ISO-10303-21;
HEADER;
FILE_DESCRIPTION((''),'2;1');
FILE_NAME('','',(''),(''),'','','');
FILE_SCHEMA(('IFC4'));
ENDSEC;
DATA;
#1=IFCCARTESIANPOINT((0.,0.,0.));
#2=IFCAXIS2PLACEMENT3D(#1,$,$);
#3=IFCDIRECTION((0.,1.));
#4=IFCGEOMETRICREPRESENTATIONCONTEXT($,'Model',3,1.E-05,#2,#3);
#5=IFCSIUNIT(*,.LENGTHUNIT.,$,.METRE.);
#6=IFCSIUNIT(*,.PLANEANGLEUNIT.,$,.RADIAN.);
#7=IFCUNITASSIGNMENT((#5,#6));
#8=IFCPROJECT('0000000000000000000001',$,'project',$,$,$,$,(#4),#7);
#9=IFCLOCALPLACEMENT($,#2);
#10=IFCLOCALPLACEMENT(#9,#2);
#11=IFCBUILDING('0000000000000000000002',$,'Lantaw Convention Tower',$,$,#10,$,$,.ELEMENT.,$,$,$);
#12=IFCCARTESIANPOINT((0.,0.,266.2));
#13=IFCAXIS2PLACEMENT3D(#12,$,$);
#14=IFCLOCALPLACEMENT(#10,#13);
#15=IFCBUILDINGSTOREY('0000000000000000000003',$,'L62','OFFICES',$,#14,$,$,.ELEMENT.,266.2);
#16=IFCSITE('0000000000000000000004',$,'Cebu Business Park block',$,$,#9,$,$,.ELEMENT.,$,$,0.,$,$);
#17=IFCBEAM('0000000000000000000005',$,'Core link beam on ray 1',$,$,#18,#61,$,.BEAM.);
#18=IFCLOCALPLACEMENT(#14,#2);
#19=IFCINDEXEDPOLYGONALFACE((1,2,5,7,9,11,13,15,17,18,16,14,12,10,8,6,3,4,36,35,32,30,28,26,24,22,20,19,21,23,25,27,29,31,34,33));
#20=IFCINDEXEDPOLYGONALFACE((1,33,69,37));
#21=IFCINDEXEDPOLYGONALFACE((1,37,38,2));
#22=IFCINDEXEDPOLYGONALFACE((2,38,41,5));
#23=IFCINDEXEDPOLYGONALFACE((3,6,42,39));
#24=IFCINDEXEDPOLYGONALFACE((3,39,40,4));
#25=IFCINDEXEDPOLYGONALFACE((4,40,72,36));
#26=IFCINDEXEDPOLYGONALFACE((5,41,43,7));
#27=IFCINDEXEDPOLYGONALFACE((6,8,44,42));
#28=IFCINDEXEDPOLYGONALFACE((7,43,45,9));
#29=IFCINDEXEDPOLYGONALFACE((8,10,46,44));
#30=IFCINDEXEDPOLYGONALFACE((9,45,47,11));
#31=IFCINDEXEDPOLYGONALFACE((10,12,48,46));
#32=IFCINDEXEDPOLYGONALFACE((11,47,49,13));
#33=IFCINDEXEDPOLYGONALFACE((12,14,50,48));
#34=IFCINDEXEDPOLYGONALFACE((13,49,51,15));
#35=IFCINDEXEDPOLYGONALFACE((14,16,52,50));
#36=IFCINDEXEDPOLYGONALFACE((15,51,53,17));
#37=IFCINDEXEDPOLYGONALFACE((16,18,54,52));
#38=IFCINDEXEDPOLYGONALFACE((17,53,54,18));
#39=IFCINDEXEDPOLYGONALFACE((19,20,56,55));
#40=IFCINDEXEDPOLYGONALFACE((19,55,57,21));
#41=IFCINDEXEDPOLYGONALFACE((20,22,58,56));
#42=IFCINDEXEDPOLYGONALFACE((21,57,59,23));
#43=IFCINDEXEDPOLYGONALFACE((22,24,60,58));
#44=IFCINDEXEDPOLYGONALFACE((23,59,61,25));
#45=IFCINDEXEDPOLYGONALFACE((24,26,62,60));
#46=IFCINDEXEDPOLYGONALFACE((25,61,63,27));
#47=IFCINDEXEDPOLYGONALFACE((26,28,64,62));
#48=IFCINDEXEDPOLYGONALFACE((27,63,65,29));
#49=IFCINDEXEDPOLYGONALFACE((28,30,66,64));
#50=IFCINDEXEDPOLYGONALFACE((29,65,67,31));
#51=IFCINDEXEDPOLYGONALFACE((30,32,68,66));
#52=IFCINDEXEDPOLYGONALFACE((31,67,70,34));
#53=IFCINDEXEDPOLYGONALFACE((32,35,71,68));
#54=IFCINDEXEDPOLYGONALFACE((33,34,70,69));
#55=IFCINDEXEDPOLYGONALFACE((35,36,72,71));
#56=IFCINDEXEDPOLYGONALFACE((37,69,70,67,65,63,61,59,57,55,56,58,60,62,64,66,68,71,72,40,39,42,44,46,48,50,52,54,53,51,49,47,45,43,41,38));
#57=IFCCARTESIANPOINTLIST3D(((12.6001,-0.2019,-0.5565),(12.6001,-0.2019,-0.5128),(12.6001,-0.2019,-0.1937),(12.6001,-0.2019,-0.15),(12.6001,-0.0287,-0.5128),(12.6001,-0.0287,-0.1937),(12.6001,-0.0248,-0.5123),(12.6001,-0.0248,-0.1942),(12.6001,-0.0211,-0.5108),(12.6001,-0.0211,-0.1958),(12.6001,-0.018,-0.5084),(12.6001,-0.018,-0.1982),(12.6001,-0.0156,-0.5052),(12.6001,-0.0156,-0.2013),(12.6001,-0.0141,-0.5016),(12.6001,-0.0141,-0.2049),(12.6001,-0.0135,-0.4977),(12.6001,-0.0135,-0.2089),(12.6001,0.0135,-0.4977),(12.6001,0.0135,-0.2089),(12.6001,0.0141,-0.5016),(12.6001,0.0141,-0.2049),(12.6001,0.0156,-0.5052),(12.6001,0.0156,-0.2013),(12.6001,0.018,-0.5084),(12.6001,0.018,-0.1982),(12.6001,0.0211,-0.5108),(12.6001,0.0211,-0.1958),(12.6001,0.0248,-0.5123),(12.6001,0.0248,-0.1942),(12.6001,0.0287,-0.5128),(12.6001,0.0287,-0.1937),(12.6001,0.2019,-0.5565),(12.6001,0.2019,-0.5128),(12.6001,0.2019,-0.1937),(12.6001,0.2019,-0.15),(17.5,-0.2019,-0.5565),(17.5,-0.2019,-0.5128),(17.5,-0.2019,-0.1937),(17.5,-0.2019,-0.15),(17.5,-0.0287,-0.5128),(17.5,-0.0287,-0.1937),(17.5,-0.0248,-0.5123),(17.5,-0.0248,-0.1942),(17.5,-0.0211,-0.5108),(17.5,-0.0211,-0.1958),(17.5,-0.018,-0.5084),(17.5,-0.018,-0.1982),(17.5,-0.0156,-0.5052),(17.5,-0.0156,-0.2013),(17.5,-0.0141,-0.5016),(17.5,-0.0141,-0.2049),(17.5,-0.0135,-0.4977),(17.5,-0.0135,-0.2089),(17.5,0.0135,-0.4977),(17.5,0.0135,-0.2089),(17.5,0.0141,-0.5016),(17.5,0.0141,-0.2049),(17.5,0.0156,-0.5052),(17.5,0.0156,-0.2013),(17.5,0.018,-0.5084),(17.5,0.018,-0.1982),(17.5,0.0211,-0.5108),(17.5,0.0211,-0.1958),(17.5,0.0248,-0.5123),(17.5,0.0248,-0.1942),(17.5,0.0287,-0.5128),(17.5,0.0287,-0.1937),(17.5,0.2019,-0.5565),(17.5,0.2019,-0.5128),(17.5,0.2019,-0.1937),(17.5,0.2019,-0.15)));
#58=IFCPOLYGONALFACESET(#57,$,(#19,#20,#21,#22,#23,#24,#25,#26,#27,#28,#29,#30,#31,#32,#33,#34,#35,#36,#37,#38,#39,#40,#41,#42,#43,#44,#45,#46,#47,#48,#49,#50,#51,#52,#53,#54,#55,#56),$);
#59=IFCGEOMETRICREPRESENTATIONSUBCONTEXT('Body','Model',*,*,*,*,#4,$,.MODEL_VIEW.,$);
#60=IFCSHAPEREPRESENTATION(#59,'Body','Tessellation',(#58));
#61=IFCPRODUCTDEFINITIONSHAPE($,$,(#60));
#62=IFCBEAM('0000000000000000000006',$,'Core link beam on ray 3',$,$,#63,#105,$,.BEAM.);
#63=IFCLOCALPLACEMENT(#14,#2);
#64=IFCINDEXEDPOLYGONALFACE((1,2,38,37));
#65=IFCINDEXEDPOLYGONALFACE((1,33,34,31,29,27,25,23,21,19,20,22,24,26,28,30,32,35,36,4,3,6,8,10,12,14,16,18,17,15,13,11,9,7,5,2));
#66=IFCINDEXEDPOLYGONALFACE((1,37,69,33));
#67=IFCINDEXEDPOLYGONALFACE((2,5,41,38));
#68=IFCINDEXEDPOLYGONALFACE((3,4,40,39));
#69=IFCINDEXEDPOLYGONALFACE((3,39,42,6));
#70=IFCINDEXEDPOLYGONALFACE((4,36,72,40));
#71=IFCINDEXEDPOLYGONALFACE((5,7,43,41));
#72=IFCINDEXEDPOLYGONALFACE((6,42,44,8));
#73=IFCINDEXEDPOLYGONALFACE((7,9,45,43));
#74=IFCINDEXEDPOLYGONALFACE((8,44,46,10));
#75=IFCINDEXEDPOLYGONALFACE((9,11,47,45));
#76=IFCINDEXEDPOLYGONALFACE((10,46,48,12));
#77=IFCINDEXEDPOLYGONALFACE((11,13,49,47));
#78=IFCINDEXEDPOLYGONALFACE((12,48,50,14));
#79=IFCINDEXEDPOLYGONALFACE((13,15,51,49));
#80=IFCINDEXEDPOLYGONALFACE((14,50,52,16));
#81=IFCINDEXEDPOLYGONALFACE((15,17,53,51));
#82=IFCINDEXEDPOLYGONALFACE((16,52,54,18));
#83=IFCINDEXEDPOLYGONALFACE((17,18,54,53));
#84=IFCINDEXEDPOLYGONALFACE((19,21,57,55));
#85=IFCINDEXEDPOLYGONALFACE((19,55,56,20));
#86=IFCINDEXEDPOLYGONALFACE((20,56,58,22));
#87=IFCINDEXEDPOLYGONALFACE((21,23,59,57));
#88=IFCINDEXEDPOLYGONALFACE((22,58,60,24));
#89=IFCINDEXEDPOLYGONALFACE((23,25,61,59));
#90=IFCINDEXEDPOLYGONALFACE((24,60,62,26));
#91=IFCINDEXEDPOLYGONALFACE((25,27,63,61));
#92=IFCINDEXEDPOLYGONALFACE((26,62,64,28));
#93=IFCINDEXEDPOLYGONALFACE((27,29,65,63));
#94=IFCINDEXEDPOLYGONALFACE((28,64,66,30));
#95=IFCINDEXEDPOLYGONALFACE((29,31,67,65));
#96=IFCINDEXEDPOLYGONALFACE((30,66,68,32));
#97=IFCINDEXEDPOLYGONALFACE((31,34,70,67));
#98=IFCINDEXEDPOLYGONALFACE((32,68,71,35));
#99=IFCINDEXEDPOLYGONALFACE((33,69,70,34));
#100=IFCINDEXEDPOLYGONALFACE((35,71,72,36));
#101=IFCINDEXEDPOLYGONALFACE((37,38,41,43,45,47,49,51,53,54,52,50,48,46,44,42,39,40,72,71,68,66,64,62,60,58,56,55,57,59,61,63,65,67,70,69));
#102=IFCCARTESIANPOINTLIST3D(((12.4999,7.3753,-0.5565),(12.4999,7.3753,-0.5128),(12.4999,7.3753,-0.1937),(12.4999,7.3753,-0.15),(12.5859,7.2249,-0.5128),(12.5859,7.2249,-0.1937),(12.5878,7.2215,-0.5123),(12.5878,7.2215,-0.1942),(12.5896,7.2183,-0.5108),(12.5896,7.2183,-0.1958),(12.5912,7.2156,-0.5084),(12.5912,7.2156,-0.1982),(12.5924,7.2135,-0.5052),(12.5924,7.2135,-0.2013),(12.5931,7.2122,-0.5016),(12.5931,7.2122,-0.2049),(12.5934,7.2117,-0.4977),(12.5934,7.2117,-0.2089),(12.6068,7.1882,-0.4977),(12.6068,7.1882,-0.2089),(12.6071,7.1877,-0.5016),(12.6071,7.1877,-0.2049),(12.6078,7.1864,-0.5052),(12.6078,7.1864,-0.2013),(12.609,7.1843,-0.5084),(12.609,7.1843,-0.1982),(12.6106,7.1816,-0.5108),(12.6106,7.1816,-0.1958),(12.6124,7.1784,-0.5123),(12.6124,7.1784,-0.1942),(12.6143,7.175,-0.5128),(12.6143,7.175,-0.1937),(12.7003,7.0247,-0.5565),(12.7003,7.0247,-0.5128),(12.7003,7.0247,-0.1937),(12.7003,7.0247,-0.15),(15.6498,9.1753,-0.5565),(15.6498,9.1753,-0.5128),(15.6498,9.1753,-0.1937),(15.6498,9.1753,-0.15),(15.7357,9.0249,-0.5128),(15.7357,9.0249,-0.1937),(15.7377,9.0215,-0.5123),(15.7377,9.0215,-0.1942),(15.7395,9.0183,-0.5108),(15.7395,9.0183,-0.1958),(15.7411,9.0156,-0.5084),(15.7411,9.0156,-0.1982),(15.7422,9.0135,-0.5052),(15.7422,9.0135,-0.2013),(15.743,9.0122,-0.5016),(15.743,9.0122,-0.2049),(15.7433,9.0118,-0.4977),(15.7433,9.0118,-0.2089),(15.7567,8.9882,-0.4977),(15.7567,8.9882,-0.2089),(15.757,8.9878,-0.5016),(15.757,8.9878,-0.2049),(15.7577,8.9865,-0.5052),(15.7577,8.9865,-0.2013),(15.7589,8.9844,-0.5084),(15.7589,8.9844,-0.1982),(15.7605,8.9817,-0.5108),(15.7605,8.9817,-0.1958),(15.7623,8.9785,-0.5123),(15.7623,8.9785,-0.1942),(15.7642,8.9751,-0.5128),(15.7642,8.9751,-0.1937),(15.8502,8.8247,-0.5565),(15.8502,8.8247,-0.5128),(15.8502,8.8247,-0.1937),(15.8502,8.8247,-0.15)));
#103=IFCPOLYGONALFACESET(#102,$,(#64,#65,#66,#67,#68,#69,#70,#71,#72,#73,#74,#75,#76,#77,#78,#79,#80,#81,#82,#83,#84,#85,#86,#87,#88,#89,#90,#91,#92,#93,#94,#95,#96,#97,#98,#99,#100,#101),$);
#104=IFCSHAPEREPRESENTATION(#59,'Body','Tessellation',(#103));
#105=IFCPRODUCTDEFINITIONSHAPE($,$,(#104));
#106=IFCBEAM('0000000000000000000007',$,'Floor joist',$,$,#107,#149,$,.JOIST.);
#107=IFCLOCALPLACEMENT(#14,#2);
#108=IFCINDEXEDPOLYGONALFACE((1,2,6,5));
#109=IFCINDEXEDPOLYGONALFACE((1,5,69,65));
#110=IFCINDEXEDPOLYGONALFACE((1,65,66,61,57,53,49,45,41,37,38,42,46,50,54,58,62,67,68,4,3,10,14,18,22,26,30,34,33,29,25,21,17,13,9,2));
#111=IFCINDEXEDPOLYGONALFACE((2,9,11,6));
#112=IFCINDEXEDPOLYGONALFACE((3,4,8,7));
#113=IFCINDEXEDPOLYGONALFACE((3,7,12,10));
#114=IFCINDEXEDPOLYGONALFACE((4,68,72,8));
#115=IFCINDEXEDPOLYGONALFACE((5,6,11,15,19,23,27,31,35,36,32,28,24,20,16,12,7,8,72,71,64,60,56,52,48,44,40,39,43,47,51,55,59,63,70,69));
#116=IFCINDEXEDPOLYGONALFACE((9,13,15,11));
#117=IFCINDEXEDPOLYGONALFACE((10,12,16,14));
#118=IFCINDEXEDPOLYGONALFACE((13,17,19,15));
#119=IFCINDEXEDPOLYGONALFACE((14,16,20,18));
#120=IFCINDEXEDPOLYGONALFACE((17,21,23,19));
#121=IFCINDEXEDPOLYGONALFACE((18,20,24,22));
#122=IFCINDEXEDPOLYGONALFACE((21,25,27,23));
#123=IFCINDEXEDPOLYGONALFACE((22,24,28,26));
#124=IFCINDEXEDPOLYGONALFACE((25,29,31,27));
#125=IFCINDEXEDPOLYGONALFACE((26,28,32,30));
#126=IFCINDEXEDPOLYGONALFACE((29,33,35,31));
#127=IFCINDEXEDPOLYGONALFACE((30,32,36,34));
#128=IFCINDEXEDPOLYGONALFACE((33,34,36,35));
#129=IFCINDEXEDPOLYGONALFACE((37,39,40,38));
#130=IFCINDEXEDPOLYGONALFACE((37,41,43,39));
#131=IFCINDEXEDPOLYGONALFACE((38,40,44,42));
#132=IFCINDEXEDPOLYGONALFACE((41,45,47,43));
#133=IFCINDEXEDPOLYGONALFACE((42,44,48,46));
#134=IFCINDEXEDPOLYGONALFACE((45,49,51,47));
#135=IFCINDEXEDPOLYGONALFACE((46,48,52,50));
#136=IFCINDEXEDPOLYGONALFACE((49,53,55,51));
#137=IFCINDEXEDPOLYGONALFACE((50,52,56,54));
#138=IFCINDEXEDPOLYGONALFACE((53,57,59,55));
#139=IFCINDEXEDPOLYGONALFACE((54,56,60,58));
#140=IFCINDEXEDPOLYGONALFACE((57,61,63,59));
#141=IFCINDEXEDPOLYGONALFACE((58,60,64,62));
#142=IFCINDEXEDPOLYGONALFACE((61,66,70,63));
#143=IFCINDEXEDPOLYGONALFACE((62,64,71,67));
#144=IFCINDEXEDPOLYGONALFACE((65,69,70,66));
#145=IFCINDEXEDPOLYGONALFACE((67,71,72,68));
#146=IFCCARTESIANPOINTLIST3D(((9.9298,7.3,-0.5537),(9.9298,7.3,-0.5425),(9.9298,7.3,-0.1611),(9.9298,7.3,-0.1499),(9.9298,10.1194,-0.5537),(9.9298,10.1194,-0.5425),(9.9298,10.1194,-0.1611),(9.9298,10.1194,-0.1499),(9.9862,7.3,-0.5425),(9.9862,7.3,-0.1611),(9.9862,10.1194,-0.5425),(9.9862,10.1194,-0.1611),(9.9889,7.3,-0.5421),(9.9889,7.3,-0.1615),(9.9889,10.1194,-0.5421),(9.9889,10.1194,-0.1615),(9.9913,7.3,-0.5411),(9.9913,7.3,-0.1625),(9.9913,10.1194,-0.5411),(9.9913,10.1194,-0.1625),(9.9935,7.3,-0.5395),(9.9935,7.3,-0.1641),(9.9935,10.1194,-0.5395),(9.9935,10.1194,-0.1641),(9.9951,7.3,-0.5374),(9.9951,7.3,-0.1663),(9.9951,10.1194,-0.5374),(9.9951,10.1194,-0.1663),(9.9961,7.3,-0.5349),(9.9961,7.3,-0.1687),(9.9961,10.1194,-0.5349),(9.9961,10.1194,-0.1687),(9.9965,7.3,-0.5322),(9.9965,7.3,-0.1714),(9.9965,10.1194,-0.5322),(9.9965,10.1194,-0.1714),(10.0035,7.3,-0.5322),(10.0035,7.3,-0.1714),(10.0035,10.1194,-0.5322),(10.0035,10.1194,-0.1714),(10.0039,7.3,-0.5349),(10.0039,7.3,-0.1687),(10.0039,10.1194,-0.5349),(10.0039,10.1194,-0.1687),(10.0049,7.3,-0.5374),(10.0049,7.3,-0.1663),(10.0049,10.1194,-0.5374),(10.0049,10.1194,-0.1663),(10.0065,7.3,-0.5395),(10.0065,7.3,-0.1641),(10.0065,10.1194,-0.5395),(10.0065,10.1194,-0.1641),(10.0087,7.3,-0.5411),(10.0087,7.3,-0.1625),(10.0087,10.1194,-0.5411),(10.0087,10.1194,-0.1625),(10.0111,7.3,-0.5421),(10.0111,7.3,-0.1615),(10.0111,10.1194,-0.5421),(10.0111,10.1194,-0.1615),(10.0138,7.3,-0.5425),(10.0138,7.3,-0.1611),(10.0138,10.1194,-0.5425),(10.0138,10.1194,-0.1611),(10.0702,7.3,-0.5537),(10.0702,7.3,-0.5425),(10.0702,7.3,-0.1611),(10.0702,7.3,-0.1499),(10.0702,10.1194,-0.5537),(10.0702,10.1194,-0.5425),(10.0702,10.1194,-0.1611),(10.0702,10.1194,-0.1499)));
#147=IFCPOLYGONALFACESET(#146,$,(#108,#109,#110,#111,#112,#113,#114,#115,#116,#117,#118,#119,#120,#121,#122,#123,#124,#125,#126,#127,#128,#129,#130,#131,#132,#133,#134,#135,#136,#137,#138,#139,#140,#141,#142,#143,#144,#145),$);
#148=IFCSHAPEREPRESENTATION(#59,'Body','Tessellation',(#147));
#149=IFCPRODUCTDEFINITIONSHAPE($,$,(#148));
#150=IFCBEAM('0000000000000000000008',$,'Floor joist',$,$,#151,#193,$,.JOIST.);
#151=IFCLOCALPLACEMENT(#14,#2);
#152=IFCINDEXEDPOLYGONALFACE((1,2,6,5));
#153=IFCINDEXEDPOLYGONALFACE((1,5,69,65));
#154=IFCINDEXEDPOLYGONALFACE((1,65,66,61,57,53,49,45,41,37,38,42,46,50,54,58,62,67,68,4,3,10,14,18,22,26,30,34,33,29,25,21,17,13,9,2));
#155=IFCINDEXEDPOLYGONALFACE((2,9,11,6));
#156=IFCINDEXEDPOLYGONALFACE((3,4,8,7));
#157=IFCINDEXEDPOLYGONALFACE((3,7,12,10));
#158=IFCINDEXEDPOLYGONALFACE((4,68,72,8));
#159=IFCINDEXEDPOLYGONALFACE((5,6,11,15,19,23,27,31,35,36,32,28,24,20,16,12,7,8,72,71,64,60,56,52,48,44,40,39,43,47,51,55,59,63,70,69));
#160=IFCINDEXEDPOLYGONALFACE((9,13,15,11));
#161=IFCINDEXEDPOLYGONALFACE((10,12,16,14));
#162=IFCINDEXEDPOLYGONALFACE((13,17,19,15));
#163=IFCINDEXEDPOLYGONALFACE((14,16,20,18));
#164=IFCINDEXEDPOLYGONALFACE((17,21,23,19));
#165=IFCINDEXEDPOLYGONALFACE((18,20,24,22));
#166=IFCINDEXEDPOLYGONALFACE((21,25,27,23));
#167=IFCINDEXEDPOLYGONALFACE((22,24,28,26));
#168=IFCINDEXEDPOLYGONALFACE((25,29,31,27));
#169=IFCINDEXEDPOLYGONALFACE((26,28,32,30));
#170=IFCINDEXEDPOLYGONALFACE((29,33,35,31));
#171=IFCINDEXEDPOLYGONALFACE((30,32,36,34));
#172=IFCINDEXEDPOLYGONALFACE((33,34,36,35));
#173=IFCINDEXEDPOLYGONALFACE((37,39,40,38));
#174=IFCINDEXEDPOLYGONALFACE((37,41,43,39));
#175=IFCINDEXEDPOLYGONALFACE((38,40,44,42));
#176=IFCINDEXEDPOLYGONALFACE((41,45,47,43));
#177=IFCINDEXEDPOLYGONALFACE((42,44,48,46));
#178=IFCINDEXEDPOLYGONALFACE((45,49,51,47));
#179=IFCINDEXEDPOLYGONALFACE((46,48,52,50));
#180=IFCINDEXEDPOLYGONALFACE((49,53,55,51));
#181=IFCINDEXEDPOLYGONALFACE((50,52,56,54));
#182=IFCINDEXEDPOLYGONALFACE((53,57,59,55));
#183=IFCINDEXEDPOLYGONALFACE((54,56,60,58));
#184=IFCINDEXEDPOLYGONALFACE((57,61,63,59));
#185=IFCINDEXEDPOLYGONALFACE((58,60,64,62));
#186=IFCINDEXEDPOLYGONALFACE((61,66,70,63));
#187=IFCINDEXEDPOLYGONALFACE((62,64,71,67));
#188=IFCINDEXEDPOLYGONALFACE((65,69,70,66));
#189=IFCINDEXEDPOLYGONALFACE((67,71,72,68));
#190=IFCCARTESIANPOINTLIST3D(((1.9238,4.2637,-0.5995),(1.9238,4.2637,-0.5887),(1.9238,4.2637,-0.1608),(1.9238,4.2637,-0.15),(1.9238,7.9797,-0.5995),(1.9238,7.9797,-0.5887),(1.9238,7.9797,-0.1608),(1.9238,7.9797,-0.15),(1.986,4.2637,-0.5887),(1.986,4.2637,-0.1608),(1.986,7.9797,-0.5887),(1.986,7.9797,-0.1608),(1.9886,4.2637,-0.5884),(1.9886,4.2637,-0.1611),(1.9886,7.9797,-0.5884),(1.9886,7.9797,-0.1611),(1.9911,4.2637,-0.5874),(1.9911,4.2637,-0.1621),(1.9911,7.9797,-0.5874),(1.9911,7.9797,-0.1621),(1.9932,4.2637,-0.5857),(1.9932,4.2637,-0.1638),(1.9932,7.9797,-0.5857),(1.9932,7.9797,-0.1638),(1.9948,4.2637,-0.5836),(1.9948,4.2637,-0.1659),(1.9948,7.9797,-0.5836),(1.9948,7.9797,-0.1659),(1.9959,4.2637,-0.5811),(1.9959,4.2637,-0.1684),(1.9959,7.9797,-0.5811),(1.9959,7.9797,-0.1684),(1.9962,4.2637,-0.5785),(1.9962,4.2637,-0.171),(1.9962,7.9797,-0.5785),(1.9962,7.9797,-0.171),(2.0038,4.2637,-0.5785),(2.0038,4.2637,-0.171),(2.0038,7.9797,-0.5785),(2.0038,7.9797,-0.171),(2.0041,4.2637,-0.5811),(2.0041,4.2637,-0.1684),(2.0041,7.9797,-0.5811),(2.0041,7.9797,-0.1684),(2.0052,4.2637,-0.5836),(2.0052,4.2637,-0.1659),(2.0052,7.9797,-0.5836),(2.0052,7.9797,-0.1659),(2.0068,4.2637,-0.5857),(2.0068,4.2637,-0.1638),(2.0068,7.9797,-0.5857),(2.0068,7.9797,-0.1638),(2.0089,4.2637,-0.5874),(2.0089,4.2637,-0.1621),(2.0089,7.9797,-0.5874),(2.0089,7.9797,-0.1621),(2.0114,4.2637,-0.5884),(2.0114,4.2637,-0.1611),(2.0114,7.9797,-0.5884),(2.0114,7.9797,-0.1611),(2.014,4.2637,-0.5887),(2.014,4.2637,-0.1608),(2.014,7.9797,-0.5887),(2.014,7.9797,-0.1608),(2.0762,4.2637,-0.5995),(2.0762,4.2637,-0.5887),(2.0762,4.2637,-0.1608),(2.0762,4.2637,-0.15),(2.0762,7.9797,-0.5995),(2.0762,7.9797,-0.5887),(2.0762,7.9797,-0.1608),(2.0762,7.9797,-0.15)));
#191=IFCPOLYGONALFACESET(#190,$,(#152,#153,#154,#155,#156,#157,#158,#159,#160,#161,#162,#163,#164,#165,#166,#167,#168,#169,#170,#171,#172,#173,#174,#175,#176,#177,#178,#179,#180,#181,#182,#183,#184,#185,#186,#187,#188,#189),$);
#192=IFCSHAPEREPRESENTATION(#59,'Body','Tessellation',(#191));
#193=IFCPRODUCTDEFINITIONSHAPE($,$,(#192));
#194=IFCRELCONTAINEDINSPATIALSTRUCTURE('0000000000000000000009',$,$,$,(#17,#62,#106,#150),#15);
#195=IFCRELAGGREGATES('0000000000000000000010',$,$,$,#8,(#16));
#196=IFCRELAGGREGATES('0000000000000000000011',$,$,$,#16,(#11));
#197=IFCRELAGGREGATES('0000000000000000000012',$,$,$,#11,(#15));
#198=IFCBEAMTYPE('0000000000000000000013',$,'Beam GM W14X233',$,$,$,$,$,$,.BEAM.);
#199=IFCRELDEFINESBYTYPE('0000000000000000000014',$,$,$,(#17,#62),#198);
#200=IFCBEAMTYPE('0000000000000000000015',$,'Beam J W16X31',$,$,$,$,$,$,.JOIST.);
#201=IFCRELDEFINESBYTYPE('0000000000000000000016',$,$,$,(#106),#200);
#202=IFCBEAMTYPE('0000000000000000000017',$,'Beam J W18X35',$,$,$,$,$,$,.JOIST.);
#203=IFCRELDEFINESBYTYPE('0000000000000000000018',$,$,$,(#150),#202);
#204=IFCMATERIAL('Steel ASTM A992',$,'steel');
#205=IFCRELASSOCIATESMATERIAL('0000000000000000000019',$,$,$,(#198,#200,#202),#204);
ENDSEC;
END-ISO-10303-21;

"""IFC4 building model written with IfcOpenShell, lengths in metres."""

from ifc_helpers import new_model, si_unit, direction, frame, origin, origin_2d, place, context, subcontext, project, spatial, i_section, extrude, material, material_profile, profile_set, type_object, element, save


model = new_model("IFC4")

# Units and contexts
model_context = context("Model", 3, precision=1e-05, world=origin(), true_north=direction((0.0, 1.0)))
body_context = subcontext(model_context, "Body", "Model", "MODEL_VIEW")
ifc_project = project(units=[si_unit("LENGTHUNIT", "METRE"), si_unit("PLANEANGLEUNIT", "RADIAN")], contexts=[model_context])

# Site, building, storey
site_placement = place(None, origin())
site = spatial("IfcSite", under=ifc_project, at=site_placement, Name="Cebu Business Park block", CompositionType="ELEMENT", RefElevation=0.0)
building_placement = place(site_placement, origin())
building = spatial("IfcBuilding", under=site, at=building_placement, Name="Lantaw Convention Tower", CompositionType="ELEMENT")
storey_placement = place(building_placement, frame((0.0, 0.0, 266.2)))
storey = spatial("IfcBuildingStorey", under=building, at=storey_placement, Name="L62", Description="OFFICES", CompositionType="ELEMENT", Elevation=266.2)

# Beams
ifc_material_1 = material(Name="Steel ASTM A992", Category="steel")
ifc_material_profile_1 = material_profile(ifc_material_1, i_section(OverallWidth=0.4038, OverallDepth=0.4065, WebThickness=0.0271, FlangeThickness=0.0437, FilletRadius=0.0151, at=origin_2d()), Name="W14X233")
ifc_profile_set_1 = profile_set([ifc_material_profile_1], Name="Steel ASTM A992")
beam_type_1 = type_object("IfcBeamType", Name="Beam GM W14X233", PredefinedType="BEAM", material=ifc_profile_set_1)
beam_1_placement = place(storey_placement, frame((12.6001, 0.0, -0.3533), z_axis=(1.0, 0.0, 0.0), x_axis=(0.0, 1.0, 0.0)))
element("IfcBeam", 1, at=beam_1_placement, inside=storey, type_object=beam_type_1, Name="Core link beam on ray 1", PredefinedType="BEAM", context=body_context, shape_type="SweptSolid", body=[
    extrude(i_section(OverallWidth=0.4038, OverallDepth=0.4065, WebThickness=0.0271, FlangeThickness=0.0437, FilletRadius=0.0151, at=origin_2d()), origin(), (0.0, 0.0, 1.0), 4.8999),
])
beam_2_placement = place(storey_placement, frame((12.6001, 7.2, -0.3533), z_axis=(0.868231, 0.496161, 0.0), x_axis=(-0.496161, 0.868231, 0.0)))
element("IfcBeam", 2, at=beam_2_placement, inside=storey, type_object=beam_type_1, Name="Core link beam on ray 3", PredefinedType="BEAM", context=body_context, shape_type="SweptSolid", body=[
    extrude(i_section(OverallWidth=0.4038, OverallDepth=0.4065, WebThickness=0.0271, FlangeThickness=0.0437, FilletRadius=0.0151, at=origin_2d()), origin(), (0.0, 0.0, 1.0), 3.6279),
])
ifc_material_profile_2 = material_profile(ifc_material_1, i_section(OverallWidth=0.1404, OverallDepth=0.4038, WebThickness=0.0071, FlangeThickness=0.0112, FilletRadius=0.0103, at=origin_2d()), Name="W16X31")
ifc_profile_set_2 = profile_set([ifc_material_profile_2], Name="Steel ASTM A992")
beam_type_2 = type_object("IfcBeamType", Name="Beam J W16X31", PredefinedType="JOIST", material=ifc_profile_set_2)
beam_3_placement = place(storey_placement, frame((10.0, 7.3, -0.3518), z_axis=(0.0, 1.0, 0.0), x_axis=(-1.0, 0.0, 0.0)))
element("IfcBeam", 3, at=beam_3_placement, inside=storey, type_object=beam_type_2, Name="Floor joist", PredefinedType="JOIST", context=body_context, shape_type="SweptSolid", body=[
    extrude(i_section(OverallWidth=0.1404, OverallDepth=0.4038, WebThickness=0.0071, FlangeThickness=0.0112, FilletRadius=0.0103, at=origin_2d()), origin(), (0.0, 0.0, 1.0), 2.8193),
])
ifc_material_profile_3 = material_profile(ifc_material_1, i_section(OverallWidth=0.1523, OverallDepth=0.4495, WebThickness=0.0076, FlangeThickness=0.0107, FilletRadius=0.0103, at=origin_2d()), Name="W18X35")
ifc_profile_set_3 = profile_set([ifc_material_profile_3], Name="Steel ASTM A992")
beam_type_3 = type_object("IfcBeamType", Name="Beam J W18X35", PredefinedType="JOIST", material=ifc_profile_set_3)
beam_4_placement = place(storey_placement, frame((2.0, 4.2637, -0.3748), z_axis=(0.0, 1.0, 0.0), x_axis=(-1.0, 0.0, 0.0)))
element("IfcBeam", 4, at=beam_4_placement, inside=storey, type_object=beam_type_3, Name="Floor joist", PredefinedType="JOIST", context=body_context, shape_type="SweptSolid", body=[
    extrude(i_section(OverallWidth=0.1523, OverallDepth=0.4495, WebThickness=0.0076, FlangeThickness=0.0107, FilletRadius=0.0103, at=origin_2d()), origin(), (0.0, 0.0, 1.0), 3.7161),
])

save(model, "model.ifc")
